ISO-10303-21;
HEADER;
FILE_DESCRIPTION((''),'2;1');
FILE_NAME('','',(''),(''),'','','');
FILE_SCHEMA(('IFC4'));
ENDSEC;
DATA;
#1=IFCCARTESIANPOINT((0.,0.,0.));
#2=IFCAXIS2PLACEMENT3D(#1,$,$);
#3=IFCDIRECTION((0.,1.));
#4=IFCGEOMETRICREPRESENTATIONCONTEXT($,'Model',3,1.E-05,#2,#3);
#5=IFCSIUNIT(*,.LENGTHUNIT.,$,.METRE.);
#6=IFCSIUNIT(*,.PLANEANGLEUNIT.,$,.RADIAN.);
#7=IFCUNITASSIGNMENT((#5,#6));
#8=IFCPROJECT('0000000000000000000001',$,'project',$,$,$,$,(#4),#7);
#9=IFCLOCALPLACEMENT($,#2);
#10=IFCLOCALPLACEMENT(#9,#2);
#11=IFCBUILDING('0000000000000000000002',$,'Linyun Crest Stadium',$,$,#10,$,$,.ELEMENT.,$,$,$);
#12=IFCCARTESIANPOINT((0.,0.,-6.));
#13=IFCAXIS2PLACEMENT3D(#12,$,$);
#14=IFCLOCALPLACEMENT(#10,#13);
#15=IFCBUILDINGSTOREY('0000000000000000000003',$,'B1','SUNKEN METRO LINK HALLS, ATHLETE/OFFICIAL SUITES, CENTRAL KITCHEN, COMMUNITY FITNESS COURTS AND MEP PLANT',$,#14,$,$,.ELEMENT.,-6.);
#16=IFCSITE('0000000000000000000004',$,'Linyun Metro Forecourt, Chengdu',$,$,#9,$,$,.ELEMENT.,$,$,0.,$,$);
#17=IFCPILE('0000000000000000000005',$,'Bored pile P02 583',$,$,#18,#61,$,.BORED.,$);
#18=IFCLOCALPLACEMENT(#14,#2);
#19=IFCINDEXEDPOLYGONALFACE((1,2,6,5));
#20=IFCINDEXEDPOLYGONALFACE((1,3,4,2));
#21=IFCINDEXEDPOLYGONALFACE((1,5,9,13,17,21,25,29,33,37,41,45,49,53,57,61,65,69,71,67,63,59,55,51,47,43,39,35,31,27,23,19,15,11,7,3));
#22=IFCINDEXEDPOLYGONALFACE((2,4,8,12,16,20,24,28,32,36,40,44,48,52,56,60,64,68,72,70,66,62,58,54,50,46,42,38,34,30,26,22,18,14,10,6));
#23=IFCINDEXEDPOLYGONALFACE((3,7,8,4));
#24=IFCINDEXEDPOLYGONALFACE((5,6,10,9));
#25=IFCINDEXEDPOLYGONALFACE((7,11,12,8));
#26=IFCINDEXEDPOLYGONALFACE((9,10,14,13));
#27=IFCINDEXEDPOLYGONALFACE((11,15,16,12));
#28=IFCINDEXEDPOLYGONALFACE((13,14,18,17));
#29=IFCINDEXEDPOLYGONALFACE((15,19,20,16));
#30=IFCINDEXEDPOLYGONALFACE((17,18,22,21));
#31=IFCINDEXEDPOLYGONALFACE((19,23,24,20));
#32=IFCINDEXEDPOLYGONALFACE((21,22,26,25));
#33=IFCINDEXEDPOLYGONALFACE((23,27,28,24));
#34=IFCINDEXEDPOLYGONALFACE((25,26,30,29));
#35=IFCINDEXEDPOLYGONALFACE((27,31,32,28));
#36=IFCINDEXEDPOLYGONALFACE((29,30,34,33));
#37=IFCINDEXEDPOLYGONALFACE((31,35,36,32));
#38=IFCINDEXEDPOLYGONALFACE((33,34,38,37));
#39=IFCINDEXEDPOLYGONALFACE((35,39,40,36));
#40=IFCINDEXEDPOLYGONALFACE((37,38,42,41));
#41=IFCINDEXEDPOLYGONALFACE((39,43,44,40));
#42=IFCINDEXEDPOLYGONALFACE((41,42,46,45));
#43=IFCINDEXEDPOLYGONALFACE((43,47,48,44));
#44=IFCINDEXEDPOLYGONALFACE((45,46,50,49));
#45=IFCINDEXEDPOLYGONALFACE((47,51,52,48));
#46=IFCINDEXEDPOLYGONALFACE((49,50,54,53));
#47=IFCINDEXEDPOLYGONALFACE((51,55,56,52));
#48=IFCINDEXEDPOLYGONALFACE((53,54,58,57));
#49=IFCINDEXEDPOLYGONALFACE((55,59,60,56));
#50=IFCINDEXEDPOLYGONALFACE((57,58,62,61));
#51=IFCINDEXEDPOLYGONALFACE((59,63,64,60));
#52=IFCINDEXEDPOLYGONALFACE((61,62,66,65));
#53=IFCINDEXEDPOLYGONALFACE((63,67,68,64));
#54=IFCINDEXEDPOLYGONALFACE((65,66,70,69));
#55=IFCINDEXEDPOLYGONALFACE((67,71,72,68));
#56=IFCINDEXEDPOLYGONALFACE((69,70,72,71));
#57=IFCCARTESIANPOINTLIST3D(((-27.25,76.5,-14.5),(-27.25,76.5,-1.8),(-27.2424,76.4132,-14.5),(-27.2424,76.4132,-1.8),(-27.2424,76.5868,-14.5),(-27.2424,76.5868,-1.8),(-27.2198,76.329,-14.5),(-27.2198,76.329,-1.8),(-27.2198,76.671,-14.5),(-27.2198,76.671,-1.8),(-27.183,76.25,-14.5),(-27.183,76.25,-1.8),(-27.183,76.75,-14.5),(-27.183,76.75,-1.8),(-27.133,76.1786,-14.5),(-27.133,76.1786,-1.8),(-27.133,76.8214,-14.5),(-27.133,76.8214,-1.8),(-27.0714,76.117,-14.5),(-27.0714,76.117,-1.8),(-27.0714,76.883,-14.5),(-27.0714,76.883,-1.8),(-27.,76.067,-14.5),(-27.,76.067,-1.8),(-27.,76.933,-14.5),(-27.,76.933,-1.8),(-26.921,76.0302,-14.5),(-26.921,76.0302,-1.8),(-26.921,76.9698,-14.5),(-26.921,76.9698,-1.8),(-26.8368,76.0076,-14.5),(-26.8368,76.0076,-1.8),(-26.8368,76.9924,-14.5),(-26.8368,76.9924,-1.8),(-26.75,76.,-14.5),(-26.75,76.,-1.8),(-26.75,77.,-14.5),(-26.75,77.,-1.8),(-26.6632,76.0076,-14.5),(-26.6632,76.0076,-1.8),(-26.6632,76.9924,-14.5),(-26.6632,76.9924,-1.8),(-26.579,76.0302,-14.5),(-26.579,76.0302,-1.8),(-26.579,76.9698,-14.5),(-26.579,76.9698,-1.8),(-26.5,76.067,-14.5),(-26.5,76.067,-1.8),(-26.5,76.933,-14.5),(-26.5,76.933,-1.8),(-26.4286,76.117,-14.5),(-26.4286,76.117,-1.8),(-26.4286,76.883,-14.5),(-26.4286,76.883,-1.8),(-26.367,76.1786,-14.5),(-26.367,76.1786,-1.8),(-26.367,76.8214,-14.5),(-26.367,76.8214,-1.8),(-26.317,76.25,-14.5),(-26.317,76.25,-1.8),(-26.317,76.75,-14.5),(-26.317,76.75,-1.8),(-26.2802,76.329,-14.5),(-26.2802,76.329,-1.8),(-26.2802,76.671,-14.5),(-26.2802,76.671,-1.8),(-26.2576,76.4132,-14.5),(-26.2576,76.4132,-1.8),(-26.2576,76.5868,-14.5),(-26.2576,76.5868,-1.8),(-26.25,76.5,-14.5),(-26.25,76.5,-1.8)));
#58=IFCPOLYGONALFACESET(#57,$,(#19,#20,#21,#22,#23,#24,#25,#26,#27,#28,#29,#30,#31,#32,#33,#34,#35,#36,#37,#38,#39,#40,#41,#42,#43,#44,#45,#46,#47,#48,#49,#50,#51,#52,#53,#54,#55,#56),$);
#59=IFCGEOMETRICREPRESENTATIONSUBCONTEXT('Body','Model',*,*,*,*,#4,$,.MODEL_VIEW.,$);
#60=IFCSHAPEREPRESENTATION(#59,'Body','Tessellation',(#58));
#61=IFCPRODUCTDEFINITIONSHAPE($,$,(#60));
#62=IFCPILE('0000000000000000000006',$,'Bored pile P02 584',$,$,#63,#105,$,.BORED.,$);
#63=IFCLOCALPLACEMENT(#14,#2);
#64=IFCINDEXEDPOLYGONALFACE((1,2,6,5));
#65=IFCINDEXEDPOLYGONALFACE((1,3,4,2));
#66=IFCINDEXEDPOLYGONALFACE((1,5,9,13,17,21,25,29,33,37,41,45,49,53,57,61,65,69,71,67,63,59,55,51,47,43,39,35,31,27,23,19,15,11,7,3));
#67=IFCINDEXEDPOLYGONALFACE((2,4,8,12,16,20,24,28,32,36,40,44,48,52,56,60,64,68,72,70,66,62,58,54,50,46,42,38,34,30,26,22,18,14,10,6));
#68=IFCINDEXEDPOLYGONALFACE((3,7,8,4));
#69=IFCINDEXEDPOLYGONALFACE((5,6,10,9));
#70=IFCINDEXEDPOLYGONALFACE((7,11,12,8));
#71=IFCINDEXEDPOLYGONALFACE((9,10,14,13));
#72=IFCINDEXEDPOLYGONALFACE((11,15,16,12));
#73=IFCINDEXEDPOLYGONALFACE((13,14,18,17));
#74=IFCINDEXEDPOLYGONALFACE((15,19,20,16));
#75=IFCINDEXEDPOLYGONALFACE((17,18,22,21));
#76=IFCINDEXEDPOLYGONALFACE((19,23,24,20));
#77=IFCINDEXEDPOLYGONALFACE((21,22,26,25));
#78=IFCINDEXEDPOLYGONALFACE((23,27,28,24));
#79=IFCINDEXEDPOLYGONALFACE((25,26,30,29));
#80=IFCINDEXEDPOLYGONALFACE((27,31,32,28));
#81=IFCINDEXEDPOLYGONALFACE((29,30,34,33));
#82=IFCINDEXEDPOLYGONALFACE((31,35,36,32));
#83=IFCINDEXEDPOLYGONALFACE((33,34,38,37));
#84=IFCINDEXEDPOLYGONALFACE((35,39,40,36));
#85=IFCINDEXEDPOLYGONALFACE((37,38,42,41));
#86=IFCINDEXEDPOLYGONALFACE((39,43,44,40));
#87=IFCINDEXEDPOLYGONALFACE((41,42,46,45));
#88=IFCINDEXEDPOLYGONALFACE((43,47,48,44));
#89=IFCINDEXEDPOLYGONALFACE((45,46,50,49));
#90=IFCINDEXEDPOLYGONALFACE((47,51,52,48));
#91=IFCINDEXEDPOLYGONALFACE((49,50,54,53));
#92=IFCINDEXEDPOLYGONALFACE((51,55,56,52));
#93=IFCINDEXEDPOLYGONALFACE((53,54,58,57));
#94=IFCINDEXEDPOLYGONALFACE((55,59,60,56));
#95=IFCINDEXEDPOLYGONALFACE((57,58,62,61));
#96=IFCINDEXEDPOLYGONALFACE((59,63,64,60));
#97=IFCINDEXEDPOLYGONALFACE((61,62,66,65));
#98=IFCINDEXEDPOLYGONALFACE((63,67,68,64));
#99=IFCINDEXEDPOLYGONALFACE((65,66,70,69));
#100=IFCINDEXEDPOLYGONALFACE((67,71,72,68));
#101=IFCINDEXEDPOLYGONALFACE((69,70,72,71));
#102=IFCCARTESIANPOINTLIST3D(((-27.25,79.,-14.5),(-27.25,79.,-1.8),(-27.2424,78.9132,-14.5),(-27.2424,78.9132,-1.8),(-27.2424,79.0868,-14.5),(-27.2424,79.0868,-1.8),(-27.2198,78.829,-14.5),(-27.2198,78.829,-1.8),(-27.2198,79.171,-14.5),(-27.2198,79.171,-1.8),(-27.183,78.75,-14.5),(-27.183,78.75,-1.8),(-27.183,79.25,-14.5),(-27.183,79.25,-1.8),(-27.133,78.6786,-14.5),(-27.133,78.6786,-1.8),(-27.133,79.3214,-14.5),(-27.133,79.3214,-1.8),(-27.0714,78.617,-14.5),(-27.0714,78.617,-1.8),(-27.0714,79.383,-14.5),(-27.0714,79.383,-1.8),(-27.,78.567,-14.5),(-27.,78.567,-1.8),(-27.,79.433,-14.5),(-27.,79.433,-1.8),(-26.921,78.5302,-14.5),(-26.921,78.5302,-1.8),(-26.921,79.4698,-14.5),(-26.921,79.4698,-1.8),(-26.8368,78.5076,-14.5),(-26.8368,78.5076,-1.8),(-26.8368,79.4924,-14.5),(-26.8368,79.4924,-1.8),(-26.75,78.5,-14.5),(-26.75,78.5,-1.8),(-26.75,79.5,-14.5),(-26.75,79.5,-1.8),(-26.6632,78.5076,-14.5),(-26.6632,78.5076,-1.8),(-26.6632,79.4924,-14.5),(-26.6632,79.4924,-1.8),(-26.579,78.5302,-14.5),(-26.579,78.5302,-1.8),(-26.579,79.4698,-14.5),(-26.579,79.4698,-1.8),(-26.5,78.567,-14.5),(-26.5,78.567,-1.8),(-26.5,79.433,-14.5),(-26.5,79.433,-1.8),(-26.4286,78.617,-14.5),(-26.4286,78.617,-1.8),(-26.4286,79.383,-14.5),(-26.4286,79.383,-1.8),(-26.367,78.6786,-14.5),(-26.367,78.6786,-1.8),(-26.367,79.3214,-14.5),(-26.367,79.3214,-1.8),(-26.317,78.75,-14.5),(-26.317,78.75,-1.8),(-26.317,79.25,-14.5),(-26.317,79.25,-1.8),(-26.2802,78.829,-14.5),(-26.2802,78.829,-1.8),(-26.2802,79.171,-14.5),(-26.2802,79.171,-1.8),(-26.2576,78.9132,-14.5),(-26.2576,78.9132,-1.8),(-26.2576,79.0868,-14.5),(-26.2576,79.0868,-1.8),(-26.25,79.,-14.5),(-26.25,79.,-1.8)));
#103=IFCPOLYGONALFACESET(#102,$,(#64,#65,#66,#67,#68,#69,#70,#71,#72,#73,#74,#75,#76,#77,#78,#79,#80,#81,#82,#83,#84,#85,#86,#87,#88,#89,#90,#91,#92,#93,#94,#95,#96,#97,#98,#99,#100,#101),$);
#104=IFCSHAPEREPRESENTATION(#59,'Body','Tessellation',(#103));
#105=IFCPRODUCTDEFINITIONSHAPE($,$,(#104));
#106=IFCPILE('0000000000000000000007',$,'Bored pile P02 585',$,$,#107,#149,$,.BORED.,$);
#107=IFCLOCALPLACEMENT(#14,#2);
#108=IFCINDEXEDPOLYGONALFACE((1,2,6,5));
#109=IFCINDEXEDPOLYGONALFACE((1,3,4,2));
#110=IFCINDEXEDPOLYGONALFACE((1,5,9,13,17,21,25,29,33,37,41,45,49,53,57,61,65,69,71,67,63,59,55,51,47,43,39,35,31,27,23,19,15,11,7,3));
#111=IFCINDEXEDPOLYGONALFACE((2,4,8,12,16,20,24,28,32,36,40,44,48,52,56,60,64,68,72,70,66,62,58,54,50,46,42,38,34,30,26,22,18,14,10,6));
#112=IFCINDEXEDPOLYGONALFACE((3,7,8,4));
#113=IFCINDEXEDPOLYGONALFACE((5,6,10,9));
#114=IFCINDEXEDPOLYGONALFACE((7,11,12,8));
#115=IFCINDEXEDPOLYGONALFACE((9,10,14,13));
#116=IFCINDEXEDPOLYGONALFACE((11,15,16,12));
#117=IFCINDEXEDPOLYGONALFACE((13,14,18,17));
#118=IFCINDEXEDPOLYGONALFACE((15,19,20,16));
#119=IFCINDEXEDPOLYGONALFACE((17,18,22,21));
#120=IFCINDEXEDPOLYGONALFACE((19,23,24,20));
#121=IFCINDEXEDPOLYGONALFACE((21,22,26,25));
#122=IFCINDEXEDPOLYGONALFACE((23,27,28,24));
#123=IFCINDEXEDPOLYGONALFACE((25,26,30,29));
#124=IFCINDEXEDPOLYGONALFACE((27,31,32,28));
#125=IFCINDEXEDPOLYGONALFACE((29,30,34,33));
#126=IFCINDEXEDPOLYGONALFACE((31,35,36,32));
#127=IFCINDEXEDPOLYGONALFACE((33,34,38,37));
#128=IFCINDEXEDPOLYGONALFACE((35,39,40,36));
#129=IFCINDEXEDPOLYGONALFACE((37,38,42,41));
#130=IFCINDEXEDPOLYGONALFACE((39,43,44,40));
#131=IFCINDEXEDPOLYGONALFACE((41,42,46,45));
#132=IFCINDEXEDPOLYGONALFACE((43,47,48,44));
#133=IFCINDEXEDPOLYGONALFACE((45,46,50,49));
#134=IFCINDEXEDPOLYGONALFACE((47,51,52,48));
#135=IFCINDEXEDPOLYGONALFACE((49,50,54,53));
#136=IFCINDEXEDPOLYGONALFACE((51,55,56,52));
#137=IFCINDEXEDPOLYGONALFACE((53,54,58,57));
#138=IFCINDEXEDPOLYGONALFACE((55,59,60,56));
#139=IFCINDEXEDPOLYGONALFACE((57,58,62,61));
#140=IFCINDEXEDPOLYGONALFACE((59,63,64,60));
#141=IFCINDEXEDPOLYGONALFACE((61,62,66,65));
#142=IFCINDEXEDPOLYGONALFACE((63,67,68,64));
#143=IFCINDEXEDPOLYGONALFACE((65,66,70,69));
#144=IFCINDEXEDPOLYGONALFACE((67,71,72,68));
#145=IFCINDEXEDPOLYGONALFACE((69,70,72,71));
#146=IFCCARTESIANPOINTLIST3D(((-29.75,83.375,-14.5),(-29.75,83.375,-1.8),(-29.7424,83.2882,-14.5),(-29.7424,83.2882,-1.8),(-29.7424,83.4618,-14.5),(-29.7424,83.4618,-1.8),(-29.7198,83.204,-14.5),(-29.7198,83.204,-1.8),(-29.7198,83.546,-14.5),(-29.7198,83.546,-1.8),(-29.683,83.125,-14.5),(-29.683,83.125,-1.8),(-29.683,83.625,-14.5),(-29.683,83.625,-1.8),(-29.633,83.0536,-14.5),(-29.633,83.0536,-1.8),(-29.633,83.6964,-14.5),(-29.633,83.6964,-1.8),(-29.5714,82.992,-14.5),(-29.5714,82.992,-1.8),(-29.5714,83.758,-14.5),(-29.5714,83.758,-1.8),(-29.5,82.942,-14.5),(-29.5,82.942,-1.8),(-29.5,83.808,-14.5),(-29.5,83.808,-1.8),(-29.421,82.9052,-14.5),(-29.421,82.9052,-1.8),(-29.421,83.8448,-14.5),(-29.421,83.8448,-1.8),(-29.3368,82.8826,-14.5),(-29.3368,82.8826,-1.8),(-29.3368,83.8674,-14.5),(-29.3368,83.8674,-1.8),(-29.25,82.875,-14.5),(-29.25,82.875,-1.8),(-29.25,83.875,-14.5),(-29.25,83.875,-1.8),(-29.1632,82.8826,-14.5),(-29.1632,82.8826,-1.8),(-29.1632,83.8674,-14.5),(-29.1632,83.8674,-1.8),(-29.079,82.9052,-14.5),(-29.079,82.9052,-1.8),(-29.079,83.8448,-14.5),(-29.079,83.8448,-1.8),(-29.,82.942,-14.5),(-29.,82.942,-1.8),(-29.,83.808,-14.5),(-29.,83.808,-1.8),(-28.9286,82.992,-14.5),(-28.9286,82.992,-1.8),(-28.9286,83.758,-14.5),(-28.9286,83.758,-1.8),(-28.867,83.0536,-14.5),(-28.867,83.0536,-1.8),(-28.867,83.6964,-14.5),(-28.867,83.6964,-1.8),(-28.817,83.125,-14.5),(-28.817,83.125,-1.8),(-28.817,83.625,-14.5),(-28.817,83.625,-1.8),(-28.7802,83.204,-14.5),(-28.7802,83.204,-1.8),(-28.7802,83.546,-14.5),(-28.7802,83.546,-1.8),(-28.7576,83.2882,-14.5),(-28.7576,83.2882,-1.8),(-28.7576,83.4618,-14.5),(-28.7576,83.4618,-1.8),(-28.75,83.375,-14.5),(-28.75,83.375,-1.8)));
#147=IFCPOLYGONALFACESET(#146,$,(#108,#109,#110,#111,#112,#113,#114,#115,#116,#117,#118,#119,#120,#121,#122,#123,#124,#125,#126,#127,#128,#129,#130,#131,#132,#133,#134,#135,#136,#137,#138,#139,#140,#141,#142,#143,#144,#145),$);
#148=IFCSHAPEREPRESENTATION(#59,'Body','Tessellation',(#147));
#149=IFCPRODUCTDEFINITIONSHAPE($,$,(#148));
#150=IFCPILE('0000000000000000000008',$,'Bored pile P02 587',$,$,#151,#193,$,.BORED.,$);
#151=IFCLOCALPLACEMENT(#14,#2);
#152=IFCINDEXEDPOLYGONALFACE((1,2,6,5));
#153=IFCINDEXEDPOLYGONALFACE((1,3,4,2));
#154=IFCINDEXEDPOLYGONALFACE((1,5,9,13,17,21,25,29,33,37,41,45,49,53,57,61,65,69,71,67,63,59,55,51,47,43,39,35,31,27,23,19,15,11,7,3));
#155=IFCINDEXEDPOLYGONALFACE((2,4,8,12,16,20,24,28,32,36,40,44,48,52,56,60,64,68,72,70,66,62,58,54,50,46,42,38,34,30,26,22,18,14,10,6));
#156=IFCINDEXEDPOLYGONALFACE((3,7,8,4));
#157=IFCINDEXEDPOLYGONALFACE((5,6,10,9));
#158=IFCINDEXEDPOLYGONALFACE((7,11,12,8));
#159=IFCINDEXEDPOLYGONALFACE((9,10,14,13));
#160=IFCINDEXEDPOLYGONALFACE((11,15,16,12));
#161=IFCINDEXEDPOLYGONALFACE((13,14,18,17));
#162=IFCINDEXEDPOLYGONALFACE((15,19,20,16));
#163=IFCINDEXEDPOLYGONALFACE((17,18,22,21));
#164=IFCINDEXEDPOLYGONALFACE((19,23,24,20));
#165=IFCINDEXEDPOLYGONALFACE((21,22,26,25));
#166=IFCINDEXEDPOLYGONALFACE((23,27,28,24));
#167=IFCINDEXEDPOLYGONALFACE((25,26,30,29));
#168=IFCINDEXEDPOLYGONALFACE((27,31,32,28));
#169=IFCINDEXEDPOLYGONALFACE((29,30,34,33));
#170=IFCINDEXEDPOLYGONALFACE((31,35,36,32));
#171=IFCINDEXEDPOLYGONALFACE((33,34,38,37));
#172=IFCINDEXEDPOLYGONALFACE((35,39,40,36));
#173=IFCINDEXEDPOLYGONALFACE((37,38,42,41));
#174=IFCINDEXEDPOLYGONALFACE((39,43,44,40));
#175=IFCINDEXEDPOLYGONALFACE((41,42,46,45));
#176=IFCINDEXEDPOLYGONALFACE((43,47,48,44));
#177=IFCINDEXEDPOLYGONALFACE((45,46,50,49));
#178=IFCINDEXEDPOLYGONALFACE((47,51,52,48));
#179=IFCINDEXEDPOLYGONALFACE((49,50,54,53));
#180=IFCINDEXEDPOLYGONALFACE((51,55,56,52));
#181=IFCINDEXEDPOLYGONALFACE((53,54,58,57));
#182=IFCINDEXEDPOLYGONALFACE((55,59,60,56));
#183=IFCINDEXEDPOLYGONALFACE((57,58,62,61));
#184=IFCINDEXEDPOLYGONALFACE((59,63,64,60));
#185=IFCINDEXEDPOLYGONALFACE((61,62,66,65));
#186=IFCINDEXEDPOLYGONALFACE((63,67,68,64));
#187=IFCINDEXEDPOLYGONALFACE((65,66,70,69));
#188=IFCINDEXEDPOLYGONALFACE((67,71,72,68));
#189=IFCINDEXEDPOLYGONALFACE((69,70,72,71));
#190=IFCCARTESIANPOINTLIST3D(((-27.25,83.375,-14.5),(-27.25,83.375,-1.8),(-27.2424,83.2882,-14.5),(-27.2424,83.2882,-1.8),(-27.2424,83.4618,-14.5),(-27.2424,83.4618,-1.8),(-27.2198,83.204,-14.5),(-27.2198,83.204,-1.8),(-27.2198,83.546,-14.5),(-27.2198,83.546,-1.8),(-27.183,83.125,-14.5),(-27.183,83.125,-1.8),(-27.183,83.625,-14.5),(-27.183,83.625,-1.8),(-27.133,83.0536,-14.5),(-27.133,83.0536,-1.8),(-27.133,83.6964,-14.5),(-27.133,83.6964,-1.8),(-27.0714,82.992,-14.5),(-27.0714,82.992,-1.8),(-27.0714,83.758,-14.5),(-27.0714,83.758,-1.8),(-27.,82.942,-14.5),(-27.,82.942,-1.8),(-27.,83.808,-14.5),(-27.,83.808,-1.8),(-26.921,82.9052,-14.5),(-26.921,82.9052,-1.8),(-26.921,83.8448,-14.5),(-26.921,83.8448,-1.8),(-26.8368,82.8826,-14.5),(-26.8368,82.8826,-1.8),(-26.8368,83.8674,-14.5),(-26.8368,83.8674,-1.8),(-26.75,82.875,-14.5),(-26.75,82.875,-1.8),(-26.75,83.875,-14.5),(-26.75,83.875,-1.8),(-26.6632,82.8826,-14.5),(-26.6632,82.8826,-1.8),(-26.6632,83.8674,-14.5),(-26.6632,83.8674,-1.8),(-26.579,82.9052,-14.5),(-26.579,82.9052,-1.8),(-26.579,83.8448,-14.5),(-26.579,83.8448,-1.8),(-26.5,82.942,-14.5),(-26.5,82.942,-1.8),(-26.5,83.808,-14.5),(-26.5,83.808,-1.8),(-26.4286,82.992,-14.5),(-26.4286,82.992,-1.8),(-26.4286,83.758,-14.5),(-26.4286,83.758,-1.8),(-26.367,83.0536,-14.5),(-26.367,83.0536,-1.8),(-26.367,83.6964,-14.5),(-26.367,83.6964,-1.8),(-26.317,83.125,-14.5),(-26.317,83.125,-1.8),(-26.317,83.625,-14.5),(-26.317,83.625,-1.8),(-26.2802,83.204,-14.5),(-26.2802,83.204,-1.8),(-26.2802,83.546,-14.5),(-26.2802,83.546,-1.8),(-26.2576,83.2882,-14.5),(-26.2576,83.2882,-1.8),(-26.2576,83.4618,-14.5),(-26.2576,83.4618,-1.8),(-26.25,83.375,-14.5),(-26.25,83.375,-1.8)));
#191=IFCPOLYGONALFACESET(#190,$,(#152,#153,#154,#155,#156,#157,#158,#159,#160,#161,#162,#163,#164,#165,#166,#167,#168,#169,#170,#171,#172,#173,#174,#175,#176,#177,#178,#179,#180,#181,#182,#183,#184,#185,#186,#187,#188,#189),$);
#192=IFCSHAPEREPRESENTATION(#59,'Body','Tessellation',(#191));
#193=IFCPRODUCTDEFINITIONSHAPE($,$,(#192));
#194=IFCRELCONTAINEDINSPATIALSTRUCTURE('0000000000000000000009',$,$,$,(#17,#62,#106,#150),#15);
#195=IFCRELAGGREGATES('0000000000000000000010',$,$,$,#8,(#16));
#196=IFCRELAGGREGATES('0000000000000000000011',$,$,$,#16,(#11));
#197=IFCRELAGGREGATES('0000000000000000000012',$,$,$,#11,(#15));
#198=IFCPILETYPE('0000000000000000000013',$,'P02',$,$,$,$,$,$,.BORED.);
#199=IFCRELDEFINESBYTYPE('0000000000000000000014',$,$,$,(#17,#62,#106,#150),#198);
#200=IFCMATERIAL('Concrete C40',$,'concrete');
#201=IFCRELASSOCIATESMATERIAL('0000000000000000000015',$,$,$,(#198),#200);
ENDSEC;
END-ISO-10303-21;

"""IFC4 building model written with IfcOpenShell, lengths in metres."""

from ifc_helpers import new_model, si_unit, direction, frame, origin, origin_2d, place, context, subcontext, project, spatial, circle, extrude, material, material_profile, profile_set, type_object, element, save


model = new_model("IFC4")

# Units and contexts
model_context = context("Model", 3, precision=1e-05, world=origin(), true_north=direction((0.0, 1.0)))
body_context = subcontext(model_context, "Body", "Model", "MODEL_VIEW")
ifc_project = project(units=[si_unit("LENGTHUNIT", "METRE"), si_unit("PLANEANGLEUNIT", "RADIAN")], contexts=[model_context])

# Site, building, storey
site_placement = place(None, origin())
site = spatial("IfcSite", under=ifc_project, at=site_placement, Name="Linyun Metro Forecourt, Chengdu", CompositionType="ELEMENT", RefElevation=0.0)
building_placement = place(site_placement, origin())
building = spatial("IfcBuilding", under=site, at=building_placement, Name="Linyun Crest Stadium", CompositionType="ELEMENT")
storey_placement = place(building_placement, frame((0.0, 0.0, -6.0)))
storey = spatial("IfcBuildingStorey", under=building, at=storey_placement, Name="B1", Description="SUNKEN METRO LINK HALLS, ATHLETE/OFFICIAL SUITES, CENTRAL KITCHEN, COMMUNITY FITNESS COURTS AND MEP PLANT", CompositionType="ELEMENT", Elevation=-6.0)

# Piles
ifc_material_1 = material(Name="Concrete C40", Category="concrete")
ifc_material_profile_1 = material_profile(ifc_material_1, circle(Radius=0.5, at=origin_2d()), Name="BORED PILE 1000")
ifc_profile_set_1 = profile_set([ifc_material_profile_1], Name="Concrete C40")
pile_type = type_object("IfcPileType", Name="P02", PredefinedType="BORED", material=ifc_profile_set_1)
for number, where, z_axis, x_axis, name in (
    (1, (-26.75, 76.5, -1.8), (0.0, 0.0, -1.0), (1.0, 0.0, 0.0), "Bored pile P02 583"),
    (2, (-26.75, 79.0, -1.8), (0.0, 0.0, -1.0), (1.0, 0.0, 0.0), "Bored pile P02 584"),
    (3, (-29.25, 83.375, -1.8), (0.0, 0.0, -1.0), (1.0, 0.0, 0.0), "Bored pile P02 585"),
    (4, (-26.75, 83.375, -1.8), (0.0, 0.0, -1.0), (1.0, 0.0, 0.0), "Bored pile P02 587"),
):
    element("IfcPile", number, at=place(storey_placement, frame(where, z_axis=z_axis, x_axis=x_axis)), inside=storey, type_object=pile_type, Name=name, PredefinedType="BORED", context=body_context, shape_type="SweptSolid", body=[
        extrude(circle(Radius=0.5, at=origin_2d()), origin(), (0.0, 0.0, 1.0), 12.7),
    ])

save(model, "model.ifc")
